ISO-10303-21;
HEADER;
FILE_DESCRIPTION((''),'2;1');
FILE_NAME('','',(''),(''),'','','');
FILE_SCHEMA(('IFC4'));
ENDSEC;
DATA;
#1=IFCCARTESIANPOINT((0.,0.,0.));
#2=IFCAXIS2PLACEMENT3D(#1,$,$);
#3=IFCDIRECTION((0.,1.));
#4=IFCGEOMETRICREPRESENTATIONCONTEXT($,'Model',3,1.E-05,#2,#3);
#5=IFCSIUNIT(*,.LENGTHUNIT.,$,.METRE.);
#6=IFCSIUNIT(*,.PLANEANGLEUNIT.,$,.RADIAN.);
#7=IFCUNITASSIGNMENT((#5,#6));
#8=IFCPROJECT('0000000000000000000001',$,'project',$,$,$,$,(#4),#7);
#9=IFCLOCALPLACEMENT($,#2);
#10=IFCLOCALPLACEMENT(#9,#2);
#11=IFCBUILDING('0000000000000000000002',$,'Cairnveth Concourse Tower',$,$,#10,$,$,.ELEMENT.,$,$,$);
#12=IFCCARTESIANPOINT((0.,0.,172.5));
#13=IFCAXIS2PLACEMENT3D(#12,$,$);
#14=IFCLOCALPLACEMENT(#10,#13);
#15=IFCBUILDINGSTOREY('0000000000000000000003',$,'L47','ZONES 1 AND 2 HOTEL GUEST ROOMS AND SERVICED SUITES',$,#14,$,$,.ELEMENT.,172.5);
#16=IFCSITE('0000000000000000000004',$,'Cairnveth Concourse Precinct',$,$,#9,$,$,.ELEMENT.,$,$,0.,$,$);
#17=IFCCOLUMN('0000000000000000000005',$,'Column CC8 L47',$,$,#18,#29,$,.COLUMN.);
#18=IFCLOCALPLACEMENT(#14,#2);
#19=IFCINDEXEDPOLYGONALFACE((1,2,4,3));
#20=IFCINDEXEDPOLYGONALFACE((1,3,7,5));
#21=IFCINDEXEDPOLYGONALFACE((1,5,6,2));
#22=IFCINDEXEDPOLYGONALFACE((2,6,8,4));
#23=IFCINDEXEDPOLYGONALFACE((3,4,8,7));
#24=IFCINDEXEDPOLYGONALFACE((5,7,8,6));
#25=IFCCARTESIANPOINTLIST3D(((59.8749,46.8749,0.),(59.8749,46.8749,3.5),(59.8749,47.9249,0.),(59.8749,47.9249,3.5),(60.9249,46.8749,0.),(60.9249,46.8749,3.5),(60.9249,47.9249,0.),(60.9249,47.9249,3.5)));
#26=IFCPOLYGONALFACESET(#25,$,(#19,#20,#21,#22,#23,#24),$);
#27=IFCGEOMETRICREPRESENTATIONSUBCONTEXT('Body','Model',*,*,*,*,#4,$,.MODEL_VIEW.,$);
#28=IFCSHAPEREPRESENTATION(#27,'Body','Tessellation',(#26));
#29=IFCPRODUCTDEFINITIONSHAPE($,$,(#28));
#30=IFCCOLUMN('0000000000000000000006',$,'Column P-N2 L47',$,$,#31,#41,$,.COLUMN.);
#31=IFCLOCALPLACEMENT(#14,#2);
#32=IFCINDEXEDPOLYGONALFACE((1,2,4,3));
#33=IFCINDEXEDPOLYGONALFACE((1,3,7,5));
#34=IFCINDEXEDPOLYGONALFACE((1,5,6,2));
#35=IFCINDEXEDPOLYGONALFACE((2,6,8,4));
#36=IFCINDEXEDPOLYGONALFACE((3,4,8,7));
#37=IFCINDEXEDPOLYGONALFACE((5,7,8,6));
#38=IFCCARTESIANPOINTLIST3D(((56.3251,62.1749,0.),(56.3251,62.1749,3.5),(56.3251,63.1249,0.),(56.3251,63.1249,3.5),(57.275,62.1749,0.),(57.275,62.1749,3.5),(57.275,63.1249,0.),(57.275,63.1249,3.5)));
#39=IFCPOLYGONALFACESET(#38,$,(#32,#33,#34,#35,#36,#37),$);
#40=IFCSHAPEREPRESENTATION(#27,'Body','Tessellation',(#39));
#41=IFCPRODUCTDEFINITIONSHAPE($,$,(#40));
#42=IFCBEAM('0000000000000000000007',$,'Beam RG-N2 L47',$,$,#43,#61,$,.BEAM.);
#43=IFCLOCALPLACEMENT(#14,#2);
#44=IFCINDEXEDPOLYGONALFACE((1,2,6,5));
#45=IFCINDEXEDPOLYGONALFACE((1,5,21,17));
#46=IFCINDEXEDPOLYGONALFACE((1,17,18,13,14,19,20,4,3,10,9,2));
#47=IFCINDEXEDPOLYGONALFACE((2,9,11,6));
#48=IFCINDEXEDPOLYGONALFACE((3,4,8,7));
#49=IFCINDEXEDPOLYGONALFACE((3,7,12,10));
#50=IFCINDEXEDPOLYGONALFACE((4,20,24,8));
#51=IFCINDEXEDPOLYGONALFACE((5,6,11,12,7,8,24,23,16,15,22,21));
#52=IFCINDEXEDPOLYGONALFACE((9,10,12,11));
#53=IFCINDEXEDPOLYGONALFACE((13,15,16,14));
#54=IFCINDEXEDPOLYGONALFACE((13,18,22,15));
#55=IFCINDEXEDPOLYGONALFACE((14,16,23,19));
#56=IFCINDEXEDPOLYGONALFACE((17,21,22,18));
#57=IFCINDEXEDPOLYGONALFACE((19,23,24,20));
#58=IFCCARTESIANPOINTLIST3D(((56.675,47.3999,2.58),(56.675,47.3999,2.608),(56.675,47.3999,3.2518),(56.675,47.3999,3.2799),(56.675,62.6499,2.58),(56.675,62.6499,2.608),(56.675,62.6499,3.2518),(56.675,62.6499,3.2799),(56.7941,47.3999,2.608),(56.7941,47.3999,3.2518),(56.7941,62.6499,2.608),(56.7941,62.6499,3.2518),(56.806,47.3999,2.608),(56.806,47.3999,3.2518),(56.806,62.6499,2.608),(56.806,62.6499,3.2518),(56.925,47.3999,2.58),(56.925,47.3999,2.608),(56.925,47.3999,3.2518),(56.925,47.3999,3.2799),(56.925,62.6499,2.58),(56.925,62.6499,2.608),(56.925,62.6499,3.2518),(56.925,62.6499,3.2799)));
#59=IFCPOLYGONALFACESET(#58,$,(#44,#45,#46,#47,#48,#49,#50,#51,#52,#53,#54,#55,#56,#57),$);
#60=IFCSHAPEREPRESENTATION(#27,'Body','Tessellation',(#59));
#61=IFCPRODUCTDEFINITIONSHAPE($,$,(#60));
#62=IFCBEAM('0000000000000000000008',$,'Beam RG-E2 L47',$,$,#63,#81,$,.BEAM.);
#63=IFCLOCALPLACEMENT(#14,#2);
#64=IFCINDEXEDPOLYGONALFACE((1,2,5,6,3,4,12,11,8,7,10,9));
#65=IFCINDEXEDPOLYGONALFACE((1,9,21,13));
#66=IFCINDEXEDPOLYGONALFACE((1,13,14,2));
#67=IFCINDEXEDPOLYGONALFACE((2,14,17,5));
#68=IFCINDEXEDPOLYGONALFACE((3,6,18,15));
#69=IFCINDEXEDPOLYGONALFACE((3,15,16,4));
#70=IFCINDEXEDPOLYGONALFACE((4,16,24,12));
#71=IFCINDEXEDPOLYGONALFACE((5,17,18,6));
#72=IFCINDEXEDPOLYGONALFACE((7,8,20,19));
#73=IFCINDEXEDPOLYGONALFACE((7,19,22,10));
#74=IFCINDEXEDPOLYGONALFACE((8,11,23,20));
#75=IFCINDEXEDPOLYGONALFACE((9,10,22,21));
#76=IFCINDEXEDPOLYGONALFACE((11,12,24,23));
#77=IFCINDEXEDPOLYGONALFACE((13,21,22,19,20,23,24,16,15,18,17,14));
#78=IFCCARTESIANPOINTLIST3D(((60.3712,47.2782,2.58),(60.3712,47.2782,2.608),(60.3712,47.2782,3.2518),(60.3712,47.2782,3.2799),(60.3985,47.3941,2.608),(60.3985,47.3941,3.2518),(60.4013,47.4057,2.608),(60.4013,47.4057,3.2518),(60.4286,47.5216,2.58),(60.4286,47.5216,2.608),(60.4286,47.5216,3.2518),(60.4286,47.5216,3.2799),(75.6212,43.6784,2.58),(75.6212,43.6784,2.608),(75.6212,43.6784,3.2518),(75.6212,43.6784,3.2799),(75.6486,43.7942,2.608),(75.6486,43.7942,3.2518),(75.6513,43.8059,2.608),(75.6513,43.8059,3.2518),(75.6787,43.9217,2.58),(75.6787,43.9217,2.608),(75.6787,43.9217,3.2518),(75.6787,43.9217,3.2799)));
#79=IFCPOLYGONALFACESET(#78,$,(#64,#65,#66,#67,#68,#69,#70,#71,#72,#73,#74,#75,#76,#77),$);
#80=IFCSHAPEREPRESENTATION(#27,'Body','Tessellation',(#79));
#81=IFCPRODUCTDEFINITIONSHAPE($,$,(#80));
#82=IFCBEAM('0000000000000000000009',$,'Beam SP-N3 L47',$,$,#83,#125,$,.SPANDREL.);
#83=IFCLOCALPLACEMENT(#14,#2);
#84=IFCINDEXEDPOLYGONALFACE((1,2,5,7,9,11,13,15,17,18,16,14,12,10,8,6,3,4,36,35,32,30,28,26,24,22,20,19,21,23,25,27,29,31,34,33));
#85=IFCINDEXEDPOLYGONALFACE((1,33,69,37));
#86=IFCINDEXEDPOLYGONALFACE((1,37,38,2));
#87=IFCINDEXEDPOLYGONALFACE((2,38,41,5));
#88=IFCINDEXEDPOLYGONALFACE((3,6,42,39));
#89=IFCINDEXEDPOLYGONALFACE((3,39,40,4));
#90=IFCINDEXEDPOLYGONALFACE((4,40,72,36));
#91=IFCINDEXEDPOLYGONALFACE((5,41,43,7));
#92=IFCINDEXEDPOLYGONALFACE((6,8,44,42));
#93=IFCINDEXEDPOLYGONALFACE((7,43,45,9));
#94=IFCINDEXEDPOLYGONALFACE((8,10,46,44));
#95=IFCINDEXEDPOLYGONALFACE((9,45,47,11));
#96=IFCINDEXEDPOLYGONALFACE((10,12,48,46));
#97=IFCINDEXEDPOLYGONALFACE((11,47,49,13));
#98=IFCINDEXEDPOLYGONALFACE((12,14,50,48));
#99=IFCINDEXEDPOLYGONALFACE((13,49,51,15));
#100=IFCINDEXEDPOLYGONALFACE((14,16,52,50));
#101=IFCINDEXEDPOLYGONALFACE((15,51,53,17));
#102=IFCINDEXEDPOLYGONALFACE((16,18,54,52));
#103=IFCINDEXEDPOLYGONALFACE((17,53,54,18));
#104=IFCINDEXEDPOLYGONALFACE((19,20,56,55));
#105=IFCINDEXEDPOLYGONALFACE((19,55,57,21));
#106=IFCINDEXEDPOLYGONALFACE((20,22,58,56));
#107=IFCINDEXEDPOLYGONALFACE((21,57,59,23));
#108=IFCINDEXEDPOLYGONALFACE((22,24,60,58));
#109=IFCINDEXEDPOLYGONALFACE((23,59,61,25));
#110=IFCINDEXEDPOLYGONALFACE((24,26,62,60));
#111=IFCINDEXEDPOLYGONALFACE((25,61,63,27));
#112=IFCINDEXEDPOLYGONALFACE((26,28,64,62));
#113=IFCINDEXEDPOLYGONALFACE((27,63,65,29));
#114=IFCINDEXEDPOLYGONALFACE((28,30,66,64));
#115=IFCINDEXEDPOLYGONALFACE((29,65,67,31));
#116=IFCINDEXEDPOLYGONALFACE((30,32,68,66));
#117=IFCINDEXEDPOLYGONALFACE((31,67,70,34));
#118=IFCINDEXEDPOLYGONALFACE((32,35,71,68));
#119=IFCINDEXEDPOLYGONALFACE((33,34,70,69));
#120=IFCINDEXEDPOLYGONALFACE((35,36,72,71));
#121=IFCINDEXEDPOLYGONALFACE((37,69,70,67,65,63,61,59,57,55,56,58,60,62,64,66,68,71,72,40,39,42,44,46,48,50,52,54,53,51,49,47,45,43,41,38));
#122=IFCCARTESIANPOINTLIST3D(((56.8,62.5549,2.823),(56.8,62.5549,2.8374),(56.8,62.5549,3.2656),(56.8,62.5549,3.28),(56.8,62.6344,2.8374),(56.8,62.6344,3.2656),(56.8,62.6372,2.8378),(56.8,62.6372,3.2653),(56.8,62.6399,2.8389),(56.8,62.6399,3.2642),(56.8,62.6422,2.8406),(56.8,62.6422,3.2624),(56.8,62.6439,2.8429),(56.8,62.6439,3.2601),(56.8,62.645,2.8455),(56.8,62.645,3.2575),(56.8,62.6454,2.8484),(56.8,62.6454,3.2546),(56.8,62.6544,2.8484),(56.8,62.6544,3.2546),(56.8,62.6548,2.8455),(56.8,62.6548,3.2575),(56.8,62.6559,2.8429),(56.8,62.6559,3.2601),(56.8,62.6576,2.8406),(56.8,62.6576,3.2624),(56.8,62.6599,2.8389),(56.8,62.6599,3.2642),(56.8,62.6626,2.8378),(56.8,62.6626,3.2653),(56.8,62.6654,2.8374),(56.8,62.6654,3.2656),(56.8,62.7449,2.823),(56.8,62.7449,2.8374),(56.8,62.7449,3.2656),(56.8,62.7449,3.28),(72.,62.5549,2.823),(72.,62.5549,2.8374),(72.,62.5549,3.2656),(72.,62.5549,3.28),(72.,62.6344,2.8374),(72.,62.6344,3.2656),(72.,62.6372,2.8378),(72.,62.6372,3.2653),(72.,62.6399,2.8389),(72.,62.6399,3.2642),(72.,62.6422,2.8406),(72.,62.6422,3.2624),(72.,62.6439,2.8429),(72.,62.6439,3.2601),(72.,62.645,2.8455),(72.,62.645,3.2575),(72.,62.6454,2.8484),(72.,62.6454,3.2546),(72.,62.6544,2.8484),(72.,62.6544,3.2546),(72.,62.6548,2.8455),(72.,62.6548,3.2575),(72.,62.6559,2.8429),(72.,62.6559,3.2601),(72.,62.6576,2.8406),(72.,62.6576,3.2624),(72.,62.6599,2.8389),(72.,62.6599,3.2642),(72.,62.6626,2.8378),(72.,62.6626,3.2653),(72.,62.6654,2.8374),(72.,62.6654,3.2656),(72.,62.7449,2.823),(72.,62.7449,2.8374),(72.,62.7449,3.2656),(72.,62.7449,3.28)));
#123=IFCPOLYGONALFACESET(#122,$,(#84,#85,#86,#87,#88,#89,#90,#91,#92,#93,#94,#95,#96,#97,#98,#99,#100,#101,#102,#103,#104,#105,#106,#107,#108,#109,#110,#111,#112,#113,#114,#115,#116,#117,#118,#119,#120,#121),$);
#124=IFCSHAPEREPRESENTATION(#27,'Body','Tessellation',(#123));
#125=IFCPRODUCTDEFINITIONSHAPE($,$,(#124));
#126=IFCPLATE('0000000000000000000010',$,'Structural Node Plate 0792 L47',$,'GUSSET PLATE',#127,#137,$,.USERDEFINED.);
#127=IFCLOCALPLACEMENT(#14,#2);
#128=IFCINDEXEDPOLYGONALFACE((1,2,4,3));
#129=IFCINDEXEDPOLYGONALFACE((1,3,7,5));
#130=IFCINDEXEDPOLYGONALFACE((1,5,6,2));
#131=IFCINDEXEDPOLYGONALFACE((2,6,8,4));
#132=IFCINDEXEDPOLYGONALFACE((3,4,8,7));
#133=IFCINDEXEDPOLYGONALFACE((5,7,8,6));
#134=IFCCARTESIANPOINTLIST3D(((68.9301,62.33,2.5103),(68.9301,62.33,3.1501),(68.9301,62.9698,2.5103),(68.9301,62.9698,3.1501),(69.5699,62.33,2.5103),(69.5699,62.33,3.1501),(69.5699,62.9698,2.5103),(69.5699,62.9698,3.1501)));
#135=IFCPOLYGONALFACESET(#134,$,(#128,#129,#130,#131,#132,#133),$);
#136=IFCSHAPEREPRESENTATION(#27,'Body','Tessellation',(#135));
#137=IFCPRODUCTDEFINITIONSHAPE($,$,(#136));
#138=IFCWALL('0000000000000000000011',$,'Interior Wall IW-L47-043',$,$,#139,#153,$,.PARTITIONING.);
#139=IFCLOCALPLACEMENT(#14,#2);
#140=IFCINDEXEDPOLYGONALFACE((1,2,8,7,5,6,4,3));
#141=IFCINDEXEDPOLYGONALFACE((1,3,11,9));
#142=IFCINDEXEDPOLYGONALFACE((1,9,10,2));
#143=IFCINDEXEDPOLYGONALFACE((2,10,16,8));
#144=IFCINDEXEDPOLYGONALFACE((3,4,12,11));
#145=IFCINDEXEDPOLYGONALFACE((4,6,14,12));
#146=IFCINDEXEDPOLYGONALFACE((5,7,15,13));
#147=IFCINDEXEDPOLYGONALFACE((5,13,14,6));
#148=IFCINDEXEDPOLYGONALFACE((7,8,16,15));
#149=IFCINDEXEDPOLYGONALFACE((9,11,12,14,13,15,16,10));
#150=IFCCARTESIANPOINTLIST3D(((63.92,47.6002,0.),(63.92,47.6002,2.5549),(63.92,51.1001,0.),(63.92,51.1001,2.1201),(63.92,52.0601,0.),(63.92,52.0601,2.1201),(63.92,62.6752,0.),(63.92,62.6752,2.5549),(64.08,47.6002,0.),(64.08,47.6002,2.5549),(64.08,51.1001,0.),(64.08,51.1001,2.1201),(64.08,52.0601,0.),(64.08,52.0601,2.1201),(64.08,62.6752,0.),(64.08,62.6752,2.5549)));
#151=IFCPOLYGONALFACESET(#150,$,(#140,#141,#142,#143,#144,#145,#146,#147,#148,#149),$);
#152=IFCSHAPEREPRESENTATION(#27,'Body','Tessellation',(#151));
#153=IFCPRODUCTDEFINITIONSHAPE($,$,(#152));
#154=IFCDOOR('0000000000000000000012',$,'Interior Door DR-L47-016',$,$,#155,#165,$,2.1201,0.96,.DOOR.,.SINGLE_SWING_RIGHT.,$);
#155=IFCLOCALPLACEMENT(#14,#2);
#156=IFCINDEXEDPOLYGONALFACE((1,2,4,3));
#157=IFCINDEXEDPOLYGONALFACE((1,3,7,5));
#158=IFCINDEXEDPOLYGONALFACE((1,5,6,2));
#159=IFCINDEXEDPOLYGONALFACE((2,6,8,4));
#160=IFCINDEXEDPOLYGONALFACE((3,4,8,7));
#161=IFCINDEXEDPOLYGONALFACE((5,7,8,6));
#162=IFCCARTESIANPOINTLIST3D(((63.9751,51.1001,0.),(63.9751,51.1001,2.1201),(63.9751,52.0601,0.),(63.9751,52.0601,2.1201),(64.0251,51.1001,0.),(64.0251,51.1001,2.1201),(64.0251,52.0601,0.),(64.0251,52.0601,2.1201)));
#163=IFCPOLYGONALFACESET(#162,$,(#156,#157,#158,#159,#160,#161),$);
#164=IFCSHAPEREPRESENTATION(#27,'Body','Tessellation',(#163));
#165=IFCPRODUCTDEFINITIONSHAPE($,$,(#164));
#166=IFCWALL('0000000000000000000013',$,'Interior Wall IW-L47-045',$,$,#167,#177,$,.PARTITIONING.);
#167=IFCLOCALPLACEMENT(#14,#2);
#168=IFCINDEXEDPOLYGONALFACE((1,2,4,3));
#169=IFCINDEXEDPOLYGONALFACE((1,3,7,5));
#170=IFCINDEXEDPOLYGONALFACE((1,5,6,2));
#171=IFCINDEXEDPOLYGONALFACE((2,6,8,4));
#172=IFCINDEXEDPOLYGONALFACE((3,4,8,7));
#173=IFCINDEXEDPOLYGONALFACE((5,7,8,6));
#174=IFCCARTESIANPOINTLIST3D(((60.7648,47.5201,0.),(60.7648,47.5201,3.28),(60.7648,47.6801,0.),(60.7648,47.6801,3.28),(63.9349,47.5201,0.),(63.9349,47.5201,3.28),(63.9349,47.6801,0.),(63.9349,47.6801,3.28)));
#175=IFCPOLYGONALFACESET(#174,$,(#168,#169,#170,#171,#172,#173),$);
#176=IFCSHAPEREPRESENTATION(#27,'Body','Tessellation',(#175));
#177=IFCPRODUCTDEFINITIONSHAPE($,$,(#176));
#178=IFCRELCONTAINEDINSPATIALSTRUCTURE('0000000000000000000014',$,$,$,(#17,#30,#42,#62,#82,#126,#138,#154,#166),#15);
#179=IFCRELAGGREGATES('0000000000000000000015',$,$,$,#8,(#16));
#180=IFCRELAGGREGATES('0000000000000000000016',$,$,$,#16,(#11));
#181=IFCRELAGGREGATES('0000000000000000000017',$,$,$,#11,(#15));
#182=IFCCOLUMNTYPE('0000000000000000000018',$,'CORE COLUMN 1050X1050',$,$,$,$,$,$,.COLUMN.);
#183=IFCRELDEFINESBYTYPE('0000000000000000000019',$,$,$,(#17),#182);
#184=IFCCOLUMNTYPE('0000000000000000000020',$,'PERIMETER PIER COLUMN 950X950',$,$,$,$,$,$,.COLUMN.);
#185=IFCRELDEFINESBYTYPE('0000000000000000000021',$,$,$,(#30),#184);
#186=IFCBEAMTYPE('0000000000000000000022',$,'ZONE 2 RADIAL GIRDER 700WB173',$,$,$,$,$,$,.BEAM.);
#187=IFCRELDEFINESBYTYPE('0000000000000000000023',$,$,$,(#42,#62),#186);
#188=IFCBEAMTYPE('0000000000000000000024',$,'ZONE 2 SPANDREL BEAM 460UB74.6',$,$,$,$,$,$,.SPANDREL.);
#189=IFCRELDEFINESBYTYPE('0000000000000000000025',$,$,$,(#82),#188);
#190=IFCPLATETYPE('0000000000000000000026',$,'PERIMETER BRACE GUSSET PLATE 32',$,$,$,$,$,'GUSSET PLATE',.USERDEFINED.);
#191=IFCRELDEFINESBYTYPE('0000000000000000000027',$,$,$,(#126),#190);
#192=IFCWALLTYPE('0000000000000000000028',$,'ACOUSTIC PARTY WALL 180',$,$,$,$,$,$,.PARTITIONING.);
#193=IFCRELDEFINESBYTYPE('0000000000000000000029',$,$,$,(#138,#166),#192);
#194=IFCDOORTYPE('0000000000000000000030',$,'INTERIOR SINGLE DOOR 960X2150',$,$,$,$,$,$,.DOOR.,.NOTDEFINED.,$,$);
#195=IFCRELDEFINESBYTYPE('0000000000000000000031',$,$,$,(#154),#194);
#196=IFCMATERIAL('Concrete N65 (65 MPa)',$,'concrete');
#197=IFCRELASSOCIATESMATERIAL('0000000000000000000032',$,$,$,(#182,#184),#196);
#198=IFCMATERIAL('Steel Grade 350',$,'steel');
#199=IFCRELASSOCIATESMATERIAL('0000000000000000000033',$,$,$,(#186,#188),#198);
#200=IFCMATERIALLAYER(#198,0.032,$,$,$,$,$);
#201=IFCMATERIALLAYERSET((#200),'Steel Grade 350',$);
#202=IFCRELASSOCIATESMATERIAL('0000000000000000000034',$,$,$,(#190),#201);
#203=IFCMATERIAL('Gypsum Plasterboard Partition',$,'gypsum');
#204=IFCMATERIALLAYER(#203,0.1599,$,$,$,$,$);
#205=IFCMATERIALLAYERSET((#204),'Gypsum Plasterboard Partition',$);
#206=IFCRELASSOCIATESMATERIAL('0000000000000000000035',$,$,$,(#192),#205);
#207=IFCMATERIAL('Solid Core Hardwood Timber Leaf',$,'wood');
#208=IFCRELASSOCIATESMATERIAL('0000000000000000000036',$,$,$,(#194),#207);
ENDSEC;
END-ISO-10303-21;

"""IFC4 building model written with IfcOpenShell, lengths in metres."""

from ifc_helpers import new_model, si_unit, direction, frame, frame_2d, origin, origin_2d, place, context, subcontext, project, spatial, rectangle, i_section, extrude, material, layer, layer_set, material_profile, profile_set, type_object, element, fill, save


model = new_model("IFC4")

# Units and contexts
model_context = context("Model", 3, precision=1e-05, world=origin(), true_north=direction((0.0, 1.0)))
body_context = subcontext(model_context, "Body", "Model", "MODEL_VIEW")
ifc_project = project(units=[si_unit("LENGTHUNIT", "METRE"), si_unit("PLANEANGLEUNIT", "RADIAN")], contexts=[model_context])

# Site, building, storey
site_placement = place(None, origin())
site = spatial("IfcSite", under=ifc_project, at=site_placement, Name="Cairnveth Concourse Precinct", CompositionType="ELEMENT", RefElevation=0.0)
building_placement = place(site_placement, origin())
building = spatial("IfcBuilding", under=site, at=building_placement, Name="Cairnveth Concourse Tower", CompositionType="ELEMENT")
storey_placement = place(building_placement, frame((0.0, 0.0, 172.5)))
storey = spatial("IfcBuildingStorey", under=building, at=storey_placement, Name="L47", Description="ZONES 1 AND 2 HOTEL GUEST ROOMS AND SERVICED SUITES", CompositionType="ELEMENT", Elevation=172.5)

# Columns
ifc_material_1 = material(Name="Concrete N65 (65 MPa)", Category="concrete")
ifc_material_profile_1 = material_profile(ifc_material_1, rectangle(XDim=1.05, YDim=1.05, at=origin_2d()), Name="RC-COL-1050x1050")
ifc_profile_set_1 = profile_set([ifc_material_profile_1], Name="Concrete N65 (65 MPa)")
column_type_1 = type_object("IfcColumnType", Name="CORE COLUMN 1050X1050", PredefinedType="COLUMN", material=ifc_profile_set_1)
column_1_placement = place(storey_placement, frame((60.3999, 47.3999, 0.0), z_axis=(0.0, 0.0, 1.0), x_axis=(1.0, 0.0, 0.0)))
element("IfcColumn", 1, at=column_1_placement, inside=storey, type_object=column_type_1, Name="Column CC8 L47", PredefinedType="COLUMN", context=body_context, shape_type="SweptSolid", body=[
    extrude(rectangle(XDim=1.05, YDim=1.05, at=origin_2d()), origin(), (0.0, 0.0, 1.0), 3.5),
])
ifc_material_profile_2 = material_profile(ifc_material_1, rectangle(XDim=0.95, YDim=0.95, at=origin_2d()), Name="RC-COL-950x950")
ifc_profile_set_2 = profile_set([ifc_material_profile_2], Name="Concrete N65 (65 MPa)")
column_type_2 = type_object("IfcColumnType", Name="PERIMETER PIER COLUMN 950X950", PredefinedType="COLUMN", material=ifc_profile_set_2)
column_2_placement = place(storey_placement, frame((56.8, 62.6499, 0.0), z_axis=(0.0, 0.0, 1.0), x_axis=(1.0, 0.0, 0.0)))
element("IfcColumn", 2, at=column_2_placement, inside=storey, type_object=column_type_2, Name="Column P-N2 L47", PredefinedType="COLUMN", context=body_context, shape_type="SweptSolid", body=[
    extrude(rectangle(XDim=0.95, YDim=0.95, at=origin_2d()), origin(), (0.0, 0.0, 1.0), 3.5),
])

# Beams
ifc_material_2 = material(Name="Steel Grade 350", Category="steel")
ifc_material_profile_3 = material_profile(ifc_material_2, i_section(OverallWidth=0.25, OverallDepth=0.7, WebThickness=0.012, FlangeThickness=0.0281, at=origin_2d()), Name="700WB173")
ifc_profile_set_3 = profile_set([ifc_material_profile_3], Name="Steel Grade 350")
beam_type_1 = type_object("IfcBeamType", Name="ZONE 2 RADIAL GIRDER 700WB173", PredefinedType="BEAM", material=ifc_profile_set_3)
beam_1_placement = place(storey_placement, frame((56.8, 47.3999, 2.9299), z_axis=(0.0, 1.0, 0.0), x_axis=(-1.0, 0.0, 0.0)))
element("IfcBeam", 3, at=beam_1_placement, inside=storey, type_object=beam_type_1, Name="Beam RG-N2 L47", PredefinedType="BEAM", context=body_context, shape_type="SweptSolid", body=[
    extrude(i_section(OverallWidth=0.25, OverallDepth=0.7, WebThickness=0.012, FlangeThickness=0.0281, at=origin_2d()), origin(), (0.0, 0.0, 1.0), 15.25),
])
beam_2_placement = place(storey_placement, frame((60.3999, 47.3999, 2.9299), z_axis=(0.973252, -0.229742, 0.0), x_axis=(0.229742, 0.973252, 0.0)))
element("IfcBeam", 4, at=beam_2_placement, inside=storey, type_object=beam_type_1, Name="Beam RG-E2 L47", PredefinedType="BEAM", context=body_context, shape_type="SweptSolid", body=[
    extrude(i_section(OverallWidth=0.25, OverallDepth=0.7, WebThickness=0.012, FlangeThickness=0.0281, at=origin_2d()), origin(), (0.0, 0.0, 1.0), 15.6692),
])
ifc_material_profile_4 = material_profile(ifc_material_2, i_section(OverallWidth=0.1899, OverallDepth=0.457, WebThickness=0.009, FlangeThickness=0.0144, FilletRadius=0.011, at=origin_2d()), Name="460UB74.6")
ifc_profile_set_4 = profile_set([ifc_material_profile_4], Name="Steel Grade 350")
beam_type_2 = type_object("IfcBeamType", Name="ZONE 2 SPANDREL BEAM 460UB74.6", PredefinedType="SPANDREL", material=ifc_profile_set_4)
beam_3_placement = place(storey_placement, frame((56.8, 62.6499, 3.0515), z_axis=(1.0, 0.0, 0.0), x_axis=(0.0, 1.0, 0.0)))
element("IfcBeam", 5, at=beam_3_placement, inside=storey, type_object=beam_type_2, Name="Beam SP-N3 L47", PredefinedType="SPANDREL", context=body_context, shape_type="SweptSolid", body=[
    extrude(i_section(OverallWidth=0.1899, OverallDepth=0.457, WebThickness=0.009, FlangeThickness=0.0144, FilletRadius=0.011, at=origin_2d()), origin(), (0.0, 0.0, 1.0), 15.2),
])

# Plate
ifc_layer_1 = layer(ifc_material_2, 0.032)
ifc_layer_set_1 = layer_set([ifc_layer_1], Name="Steel Grade 350")
plate_type = type_object("IfcPlateType", Name="PERIMETER BRACE GUSSET PLATE 32", ElementType="GUSSET PLATE", PredefinedType="USERDEFINED", material=ifc_layer_set_1)
plate_placement = place(storey_placement, frame((69.25, 62.6499, 2.5103), z_axis=(0.0, 0.0, 1.0), x_axis=(1.0, 0.0, 0.0)))
element("IfcPlate", 6, at=plate_placement, inside=storey, type_object=plate_type, Name="Structural Node Plate 0792 L47", ObjectType="GUSSET PLATE", PredefinedType="USERDEFINED", context=body_context, shape_type="SweptSolid", body=[
    extrude(rectangle(XDim=0.6399, YDim=0.6399, at=origin_2d()), origin(), (0.0, 0.0, 1.0), 0.6399),
])

# Wall, opening, door
ifc_material_3 = material(Name="Gypsum Plasterboard Partition", Category="gypsum")
ifc_layer_2 = layer(ifc_material_3, 0.1599)
ifc_layer_set_2 = layer_set([ifc_layer_2], Name="Gypsum Plasterboard Partition")
wall_type_1 = type_object("IfcWallType", Name="ACOUSTIC PARTY WALL 180", PredefinedType="PARTITIONING", material=ifc_layer_set_2)
wall_1_placement = place(storey_placement, frame((64.0, 47.6001, 0.0), z_axis=(0.0, 0.0, 1.0), x_axis=(0.0, 1.0, 0.0)))
wall_1 = element("IfcWall", 7, at=wall_1_placement, inside=storey, type_object=wall_type_1, Name="Interior Wall IW-L47-043", PredefinedType="PARTITIONING", context=body_context, shape_type="SweptSolid", body=[
    extrude(rectangle(XDim=15.075, YDim=0.1599, at=frame_2d((7.5376, 0.0))), origin(), (0.0, 0.0, 1.0), 2.5549),
])
opening_1_placement = place(wall_1_placement, frame((3.5, 0.0, 0.0)))
opening_1 = element("IfcOpeningElement", 8, at=opening_1_placement, cuts=wall_1, PredefinedType="OPENING", context=body_context, shape_type="SweptSolid", body=[
    extrude(rectangle(XDim=0.96, YDim=2.1201, at=frame_2d((0.48, 1.0601))), frame((0.0, 0.0898, 0.0), z_axis=(0.0, -1.0, 0.0), x_axis=(1.0, 0.0, 0.0)), (0.0, 0.0, 1.0), 0.1799),
])
ifc_material_4 = material(Name="Solid Core Hardwood Timber Leaf", Category="wood")
door_type_1 = type_object("IfcDoorType", Name="INTERIOR SINGLE DOOR 960X2150", OperationType="NOTDEFINED", PredefinedType="DOOR", material=ifc_material_4)
door_1_placement = place(opening_1_placement, origin())
door_1 = element("IfcDoor", 9, at=door_1_placement, inside=storey, type_object=door_type_1, Name="Interior Door DR-L47-016", OperationType="SINGLE_SWING_RIGHT", OverallHeight=2.1201, OverallWidth=0.96, PredefinedType="DOOR", context=body_context, shape_type="SweptSolid", body=[
    extrude(rectangle(XDim=0.96, YDim=2.1201, at=frame_2d((0.48, 1.0601))), frame((0.0, 0.0249, 0.0), z_axis=(0.0, -1.0, 0.0), x_axis=(1.0, 0.0, 0.0)), (0.0, 0.0, 1.0), 0.05),
])
fill(opening_1, door_1)

# Wall
wall_2_placement = place(storey_placement, frame((60.7649, 47.6001, 0.0), z_axis=(0.0, 0.0, 1.0), x_axis=(1.0, 0.0, 0.0)))
element("IfcWall", 10, at=wall_2_placement, inside=storey, type_object=wall_type_1, Name="Interior Wall IW-L47-045", PredefinedType="PARTITIONING", context=body_context, shape_type="SweptSolid", body=[
    extrude(rectangle(XDim=3.1702, YDim=0.1599, at=frame_2d((1.585, 0.0))), origin(), (0.0, 0.0, 1.0), 3.28),
])

save(model, "model.ifc")
